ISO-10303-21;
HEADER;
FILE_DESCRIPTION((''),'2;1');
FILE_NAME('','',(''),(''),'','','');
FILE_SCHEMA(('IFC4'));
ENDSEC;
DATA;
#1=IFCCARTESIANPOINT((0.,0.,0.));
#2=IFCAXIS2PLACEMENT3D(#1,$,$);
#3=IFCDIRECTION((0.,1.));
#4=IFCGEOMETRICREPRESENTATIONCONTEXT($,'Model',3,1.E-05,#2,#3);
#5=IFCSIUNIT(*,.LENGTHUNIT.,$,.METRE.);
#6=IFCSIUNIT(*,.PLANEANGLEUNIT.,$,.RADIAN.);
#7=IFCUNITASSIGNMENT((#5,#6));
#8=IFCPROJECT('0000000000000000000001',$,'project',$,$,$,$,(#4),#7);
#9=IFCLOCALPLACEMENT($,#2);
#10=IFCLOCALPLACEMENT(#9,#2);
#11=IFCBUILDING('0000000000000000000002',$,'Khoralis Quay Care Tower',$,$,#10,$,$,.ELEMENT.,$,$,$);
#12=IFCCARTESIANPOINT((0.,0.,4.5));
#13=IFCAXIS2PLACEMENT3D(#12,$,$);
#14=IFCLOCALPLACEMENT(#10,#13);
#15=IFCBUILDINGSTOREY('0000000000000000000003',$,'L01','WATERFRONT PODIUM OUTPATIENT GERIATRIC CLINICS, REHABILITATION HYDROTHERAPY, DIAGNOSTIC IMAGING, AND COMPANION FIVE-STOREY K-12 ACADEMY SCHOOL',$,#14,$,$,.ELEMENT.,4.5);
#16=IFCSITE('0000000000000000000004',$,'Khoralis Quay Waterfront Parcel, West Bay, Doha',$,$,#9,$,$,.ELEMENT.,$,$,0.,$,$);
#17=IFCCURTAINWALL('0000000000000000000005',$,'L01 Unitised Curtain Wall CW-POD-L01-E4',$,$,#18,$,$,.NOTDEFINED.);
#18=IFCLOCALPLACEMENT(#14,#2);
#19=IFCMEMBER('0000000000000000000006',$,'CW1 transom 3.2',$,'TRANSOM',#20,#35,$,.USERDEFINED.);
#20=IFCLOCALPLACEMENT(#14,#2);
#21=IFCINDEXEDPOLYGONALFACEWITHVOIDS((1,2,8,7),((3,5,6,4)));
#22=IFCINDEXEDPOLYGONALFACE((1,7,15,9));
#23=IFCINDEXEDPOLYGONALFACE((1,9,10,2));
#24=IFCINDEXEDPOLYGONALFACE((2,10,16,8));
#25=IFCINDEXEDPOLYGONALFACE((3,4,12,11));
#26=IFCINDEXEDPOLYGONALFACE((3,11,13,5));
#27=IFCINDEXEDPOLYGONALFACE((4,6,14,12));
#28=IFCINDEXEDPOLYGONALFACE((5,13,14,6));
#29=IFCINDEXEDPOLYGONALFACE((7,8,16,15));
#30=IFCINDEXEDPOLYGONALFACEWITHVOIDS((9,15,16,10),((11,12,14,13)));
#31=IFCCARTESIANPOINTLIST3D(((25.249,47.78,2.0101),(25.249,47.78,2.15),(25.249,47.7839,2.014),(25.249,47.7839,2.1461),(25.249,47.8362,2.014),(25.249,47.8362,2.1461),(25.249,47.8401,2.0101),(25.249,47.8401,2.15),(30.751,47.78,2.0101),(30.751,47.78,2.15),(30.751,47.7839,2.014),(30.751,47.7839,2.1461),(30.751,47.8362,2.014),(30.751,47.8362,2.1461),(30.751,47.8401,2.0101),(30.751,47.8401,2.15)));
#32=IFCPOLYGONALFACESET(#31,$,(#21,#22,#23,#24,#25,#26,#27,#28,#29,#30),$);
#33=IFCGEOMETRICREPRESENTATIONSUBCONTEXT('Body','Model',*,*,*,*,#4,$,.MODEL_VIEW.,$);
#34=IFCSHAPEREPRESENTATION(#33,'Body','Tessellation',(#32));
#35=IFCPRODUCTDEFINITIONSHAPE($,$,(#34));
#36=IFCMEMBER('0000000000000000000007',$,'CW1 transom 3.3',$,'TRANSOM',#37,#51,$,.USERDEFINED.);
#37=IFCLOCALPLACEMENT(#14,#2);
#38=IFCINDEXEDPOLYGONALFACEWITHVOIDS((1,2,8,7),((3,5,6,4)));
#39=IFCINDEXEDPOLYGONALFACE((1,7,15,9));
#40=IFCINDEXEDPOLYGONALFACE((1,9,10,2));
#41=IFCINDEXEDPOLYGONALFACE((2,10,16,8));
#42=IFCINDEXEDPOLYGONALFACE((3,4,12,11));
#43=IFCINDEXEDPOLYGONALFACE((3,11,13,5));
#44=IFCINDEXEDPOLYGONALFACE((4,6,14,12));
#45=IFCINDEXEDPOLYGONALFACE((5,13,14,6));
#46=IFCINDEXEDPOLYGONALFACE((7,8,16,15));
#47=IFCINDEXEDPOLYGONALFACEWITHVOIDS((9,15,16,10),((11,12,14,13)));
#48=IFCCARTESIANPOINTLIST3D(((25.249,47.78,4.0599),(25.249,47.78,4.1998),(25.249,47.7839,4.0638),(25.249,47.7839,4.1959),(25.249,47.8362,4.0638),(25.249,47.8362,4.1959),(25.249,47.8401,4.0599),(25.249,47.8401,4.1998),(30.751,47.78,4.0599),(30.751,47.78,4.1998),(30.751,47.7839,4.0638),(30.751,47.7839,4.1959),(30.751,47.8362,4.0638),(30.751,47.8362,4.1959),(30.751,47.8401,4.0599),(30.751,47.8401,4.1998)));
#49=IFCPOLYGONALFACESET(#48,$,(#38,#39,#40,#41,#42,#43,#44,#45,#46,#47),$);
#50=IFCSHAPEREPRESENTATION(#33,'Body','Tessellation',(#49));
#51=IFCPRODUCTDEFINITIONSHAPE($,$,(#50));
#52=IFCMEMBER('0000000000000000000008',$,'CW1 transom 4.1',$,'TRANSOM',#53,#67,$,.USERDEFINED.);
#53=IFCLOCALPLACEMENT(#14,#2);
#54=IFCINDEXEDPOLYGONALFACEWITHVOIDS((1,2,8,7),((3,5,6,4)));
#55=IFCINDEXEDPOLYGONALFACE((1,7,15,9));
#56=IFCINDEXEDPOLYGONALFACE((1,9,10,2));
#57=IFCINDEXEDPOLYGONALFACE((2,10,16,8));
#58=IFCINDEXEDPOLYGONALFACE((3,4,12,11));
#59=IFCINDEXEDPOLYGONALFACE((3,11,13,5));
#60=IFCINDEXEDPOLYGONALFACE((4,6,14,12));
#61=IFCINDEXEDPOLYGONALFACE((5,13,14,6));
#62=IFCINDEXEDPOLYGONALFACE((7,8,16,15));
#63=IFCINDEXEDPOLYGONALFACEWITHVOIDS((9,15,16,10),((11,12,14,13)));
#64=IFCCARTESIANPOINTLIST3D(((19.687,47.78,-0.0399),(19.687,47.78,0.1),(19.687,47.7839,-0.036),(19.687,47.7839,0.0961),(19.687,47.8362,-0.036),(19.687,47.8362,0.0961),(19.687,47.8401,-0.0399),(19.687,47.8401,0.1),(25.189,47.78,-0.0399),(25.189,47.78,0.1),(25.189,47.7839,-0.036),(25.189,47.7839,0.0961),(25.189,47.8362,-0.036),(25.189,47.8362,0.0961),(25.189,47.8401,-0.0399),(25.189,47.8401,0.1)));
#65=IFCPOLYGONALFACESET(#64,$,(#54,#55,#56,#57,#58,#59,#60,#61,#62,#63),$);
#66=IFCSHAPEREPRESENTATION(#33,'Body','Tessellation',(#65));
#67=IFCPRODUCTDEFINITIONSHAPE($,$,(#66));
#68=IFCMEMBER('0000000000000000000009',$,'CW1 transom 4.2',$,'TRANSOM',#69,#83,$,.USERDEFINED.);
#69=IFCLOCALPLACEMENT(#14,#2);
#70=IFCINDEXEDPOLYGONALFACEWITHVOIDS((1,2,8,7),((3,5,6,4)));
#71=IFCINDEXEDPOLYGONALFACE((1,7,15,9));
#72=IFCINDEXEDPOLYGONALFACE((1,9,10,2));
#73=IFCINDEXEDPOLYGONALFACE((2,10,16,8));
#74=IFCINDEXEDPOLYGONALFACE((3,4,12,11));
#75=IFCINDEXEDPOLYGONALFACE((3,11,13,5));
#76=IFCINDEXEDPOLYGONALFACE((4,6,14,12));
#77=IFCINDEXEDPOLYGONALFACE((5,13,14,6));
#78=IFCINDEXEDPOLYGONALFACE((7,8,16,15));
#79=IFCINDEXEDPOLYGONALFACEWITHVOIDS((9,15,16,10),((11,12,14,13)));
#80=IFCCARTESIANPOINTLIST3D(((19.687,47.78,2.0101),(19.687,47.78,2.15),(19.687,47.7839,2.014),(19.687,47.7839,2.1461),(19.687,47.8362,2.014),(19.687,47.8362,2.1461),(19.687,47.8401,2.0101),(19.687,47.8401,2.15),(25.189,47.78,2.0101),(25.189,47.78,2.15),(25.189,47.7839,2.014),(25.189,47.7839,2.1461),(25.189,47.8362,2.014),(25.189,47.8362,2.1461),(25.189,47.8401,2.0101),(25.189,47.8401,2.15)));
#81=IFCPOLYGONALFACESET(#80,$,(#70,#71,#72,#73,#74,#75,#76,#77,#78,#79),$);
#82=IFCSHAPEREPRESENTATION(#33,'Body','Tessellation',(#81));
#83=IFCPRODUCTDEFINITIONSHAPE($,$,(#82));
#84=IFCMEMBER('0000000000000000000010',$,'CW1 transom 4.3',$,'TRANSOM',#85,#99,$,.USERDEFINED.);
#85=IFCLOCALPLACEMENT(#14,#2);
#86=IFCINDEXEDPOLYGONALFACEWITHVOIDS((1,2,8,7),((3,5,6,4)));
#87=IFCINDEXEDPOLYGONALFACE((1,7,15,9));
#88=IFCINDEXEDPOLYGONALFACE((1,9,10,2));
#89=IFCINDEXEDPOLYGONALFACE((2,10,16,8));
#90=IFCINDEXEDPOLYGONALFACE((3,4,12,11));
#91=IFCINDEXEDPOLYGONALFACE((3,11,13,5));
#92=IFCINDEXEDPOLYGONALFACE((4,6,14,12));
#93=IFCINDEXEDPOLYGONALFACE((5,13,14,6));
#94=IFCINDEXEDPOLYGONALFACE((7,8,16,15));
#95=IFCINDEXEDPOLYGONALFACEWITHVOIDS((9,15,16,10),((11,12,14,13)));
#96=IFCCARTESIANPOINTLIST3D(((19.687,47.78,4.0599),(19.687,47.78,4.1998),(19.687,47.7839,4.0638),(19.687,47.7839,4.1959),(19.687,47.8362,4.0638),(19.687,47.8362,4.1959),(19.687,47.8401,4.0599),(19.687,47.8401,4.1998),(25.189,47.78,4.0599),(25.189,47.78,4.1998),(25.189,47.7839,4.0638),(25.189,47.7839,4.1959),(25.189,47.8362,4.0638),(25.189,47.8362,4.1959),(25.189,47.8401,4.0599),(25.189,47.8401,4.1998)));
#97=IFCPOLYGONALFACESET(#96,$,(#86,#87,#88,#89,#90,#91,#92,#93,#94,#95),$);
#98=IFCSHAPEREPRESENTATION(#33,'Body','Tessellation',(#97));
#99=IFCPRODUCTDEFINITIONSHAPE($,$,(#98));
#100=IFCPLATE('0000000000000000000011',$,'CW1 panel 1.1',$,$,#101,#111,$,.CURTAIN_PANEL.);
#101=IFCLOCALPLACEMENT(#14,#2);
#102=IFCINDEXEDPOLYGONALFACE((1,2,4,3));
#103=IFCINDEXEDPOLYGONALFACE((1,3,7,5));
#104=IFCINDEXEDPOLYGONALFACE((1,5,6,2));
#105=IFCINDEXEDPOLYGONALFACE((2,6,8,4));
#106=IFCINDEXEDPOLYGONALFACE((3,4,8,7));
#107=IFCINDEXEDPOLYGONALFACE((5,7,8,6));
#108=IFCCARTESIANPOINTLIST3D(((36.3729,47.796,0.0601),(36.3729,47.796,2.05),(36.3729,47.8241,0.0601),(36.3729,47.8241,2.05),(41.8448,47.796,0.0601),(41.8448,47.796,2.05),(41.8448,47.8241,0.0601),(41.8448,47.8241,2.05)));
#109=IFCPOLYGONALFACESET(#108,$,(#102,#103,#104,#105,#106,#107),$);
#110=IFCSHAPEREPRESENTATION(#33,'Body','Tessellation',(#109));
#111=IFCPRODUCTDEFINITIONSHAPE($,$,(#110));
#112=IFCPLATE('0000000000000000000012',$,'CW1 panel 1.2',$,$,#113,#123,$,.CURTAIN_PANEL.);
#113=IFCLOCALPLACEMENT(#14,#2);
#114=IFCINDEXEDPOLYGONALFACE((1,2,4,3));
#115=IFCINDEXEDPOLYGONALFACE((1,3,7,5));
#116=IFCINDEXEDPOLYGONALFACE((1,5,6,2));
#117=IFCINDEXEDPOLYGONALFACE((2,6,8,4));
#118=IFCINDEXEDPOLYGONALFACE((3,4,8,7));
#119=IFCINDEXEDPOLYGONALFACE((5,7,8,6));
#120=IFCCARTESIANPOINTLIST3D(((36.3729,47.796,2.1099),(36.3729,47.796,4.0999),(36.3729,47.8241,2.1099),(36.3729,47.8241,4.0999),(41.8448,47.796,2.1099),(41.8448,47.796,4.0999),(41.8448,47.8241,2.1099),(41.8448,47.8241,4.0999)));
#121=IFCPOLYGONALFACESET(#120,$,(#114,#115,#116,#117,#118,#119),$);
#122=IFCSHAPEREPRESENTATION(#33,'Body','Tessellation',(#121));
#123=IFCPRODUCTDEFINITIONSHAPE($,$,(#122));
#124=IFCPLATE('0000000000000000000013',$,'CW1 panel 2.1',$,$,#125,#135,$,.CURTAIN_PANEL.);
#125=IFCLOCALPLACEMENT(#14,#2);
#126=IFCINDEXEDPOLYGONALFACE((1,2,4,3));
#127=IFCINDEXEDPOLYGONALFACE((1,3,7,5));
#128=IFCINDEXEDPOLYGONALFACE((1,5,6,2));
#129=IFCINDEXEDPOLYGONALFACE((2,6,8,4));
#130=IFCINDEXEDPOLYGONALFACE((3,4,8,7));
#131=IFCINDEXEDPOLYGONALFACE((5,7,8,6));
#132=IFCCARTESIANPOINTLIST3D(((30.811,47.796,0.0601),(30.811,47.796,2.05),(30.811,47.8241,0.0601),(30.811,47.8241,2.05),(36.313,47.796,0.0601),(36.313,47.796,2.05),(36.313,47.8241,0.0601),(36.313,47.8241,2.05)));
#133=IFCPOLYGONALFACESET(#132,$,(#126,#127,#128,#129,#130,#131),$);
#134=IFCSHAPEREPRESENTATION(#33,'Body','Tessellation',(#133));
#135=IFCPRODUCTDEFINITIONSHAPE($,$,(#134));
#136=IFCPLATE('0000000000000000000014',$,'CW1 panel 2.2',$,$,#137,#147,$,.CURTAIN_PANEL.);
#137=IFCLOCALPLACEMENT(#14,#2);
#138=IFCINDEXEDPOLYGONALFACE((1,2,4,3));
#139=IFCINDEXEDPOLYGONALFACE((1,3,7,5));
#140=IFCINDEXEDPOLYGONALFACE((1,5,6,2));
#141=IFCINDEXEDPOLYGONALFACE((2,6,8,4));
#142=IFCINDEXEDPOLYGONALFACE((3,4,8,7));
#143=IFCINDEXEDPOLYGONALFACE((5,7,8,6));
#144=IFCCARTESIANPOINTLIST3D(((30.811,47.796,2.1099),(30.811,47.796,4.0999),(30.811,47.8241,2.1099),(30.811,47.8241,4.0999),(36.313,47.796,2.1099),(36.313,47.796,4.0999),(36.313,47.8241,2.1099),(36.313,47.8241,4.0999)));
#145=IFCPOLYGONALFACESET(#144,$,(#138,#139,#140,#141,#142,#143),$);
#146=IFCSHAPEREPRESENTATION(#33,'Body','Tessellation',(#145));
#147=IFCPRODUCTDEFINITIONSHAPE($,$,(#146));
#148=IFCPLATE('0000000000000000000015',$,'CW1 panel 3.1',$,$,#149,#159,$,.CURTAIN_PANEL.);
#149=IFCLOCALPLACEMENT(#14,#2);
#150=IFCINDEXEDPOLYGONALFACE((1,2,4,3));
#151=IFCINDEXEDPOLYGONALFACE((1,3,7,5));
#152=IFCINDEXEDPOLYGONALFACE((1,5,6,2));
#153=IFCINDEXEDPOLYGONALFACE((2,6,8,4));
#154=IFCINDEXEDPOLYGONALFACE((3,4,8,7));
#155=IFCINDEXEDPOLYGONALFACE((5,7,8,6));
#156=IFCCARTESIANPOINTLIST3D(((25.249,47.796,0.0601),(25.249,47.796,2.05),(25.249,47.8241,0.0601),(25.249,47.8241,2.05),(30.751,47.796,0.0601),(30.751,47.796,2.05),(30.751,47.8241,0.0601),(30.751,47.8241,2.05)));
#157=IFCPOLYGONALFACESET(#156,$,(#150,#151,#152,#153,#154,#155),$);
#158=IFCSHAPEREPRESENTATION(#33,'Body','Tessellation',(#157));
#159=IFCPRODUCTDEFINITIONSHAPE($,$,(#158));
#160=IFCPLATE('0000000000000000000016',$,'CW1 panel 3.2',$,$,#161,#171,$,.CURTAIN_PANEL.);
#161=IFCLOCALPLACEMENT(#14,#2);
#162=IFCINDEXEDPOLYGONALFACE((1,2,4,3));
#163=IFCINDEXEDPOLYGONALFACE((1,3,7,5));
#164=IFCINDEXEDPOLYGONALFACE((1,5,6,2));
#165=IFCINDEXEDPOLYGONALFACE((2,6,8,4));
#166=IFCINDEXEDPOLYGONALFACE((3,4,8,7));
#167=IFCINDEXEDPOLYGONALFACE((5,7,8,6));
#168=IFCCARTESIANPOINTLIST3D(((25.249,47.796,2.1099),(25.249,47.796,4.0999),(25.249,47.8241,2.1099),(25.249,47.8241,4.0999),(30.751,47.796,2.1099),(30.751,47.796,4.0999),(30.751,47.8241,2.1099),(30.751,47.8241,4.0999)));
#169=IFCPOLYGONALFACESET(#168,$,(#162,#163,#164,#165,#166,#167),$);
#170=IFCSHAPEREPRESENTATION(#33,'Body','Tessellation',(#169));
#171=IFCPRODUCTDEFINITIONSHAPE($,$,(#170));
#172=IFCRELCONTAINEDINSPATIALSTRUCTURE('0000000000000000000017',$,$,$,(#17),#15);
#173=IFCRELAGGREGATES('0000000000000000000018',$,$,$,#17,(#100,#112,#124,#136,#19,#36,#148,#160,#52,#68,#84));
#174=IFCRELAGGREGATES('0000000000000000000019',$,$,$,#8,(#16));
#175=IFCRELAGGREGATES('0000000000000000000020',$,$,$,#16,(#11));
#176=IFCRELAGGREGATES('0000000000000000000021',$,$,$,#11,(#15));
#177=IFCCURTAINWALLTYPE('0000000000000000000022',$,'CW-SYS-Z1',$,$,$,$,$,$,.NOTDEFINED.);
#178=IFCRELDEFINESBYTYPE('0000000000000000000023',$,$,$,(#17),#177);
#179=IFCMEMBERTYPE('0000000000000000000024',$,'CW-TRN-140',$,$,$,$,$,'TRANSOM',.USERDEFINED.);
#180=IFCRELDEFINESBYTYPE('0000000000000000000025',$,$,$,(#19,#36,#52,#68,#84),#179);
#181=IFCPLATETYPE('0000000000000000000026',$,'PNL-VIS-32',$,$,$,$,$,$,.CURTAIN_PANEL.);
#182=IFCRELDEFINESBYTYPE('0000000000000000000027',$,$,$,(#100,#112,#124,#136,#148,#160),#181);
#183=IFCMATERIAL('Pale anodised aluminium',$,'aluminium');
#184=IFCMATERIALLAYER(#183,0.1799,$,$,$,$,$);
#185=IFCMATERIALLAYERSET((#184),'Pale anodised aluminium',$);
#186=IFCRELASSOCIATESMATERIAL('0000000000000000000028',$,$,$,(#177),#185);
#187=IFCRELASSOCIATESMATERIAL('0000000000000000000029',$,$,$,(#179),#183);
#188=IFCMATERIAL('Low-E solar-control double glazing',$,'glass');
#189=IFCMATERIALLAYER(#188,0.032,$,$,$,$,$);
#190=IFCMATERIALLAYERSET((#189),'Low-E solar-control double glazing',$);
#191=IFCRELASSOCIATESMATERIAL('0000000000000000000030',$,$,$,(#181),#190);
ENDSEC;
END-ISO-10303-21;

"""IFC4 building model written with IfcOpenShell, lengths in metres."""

from ifc_helpers import new_model, si_unit, direction, frame, origin, origin_2d, place, context, subcontext, project, spatial, rectangle, hollow_rectangle, extrude, source, transform, mapped, material, layer, layer_set, material_profile, profile_set, type_object, element, aggregate, save


model = new_model("IFC4")

# Units and contexts
model_context = context("Model", 3, precision=1e-05, world=origin(), true_north=direction((0.0, 1.0)))
body_context = subcontext(model_context, "Body", "Model", "MODEL_VIEW")
ifc_project = project(units=[si_unit("LENGTHUNIT", "METRE"), si_unit("PLANEANGLEUNIT", "RADIAN")], contexts=[model_context])

# Site, building, storey
site_placement = place(None, origin())
site = spatial("IfcSite", under=ifc_project, at=site_placement, Name="Khoralis Quay Waterfront Parcel, West Bay, Doha", CompositionType="ELEMENT", RefElevation=0.0)
building_placement = place(site_placement, origin())
building = spatial("IfcBuilding", under=site, at=building_placement, Name="Khoralis Quay Care Tower", CompositionType="ELEMENT")
storey_placement = place(building_placement, frame((0.0, 0.0, 4.5)))
storey = spatial("IfcBuildingStorey", under=building, at=storey_placement, Name="L01", Description="WATERFRONT PODIUM OUTPATIENT GERIATRIC CLINICS, REHABILITATION HYDROTHERAPY, DIAGNOSTIC IMAGING, AND COMPANION FIVE-STOREY K-12 ACADEMY SCHOOL", CompositionType="ELEMENT", Elevation=4.5)

# Curtain wall, members, plates
ifc_material_1 = material(Name="Pale anodised aluminium", Category="aluminium")
ifc_layer_1 = layer(ifc_material_1, 0.1799)
ifc_layer_set_1 = layer_set([ifc_layer_1], Name="Pale anodised aluminium")
curtain_wall_type = type_object("IfcCurtainWallType", Name="CW-SYS-Z1", PredefinedType="NOTDEFINED", material=ifc_layer_set_1)
curtain_wall_placement = place(storey_placement, origin())
curtain_wall = element("IfcCurtainWall", 1, at=curtain_wall_placement, inside=storey, type_object=curtain_wall_type, Name="L01 Unitised Curtain Wall CW-POD-L01-E4", PredefinedType="NOTDEFINED")
ifc_material_profile_1 = material_profile(ifc_material_1, hollow_rectangle(XDim=0.0601, YDim=0.1399, WallThickness=0.0039, at=origin_2d()), Name="Pale anodised aluminium")
ifc_profile_set_1 = profile_set([ifc_material_profile_1], Name="Pale anodised aluminium")
member_type_1 = type_object("IfcMemberType", Name="CW-TRN-140", ElementType="TRANSOM", PredefinedType="USERDEFINED", material=ifc_profile_set_1)
shared_shape_1 = source(origin(), body_context, "Body", "SweptSolid", [
    extrude(hollow_rectangle(XDim=0.0601, YDim=0.1399, WallThickness=0.0039, at=origin_2d()), origin(), (0.0, 0.0, 1.0), 5.502),
])
member_1_placement = place(storey_placement, frame((30.751, 47.8101, 2.0801), z_axis=(-1.0, 0.0, 0.0), x_axis=(0.0, -1.0, 0.0)))
member_1 = element("IfcMember", 2, at=member_1_placement, type_object=member_type_1, Name="CW1 transom 3.2", ObjectType="TRANSOM", PredefinedType="USERDEFINED", context=body_context, shape_type="MappedRepresentation", body=[
    mapped(shared_shape_1, transform((0.0, 0.0, 0.0), scale=1.0)),
])
member_2_placement = place(storey_placement, frame((30.751, 47.8101, 4.1299), z_axis=(-1.0, 0.0, 0.0), x_axis=(0.0, -1.0, 0.0)))
member_2 = element("IfcMember", 3, at=member_2_placement, type_object=member_type_1, Name="CW1 transom 3.3", ObjectType="TRANSOM", PredefinedType="USERDEFINED", context=body_context, shape_type="MappedRepresentation", body=[
    mapped(shared_shape_1, transform((0.0, 0.0, 0.0), scale=1.0)),
])
member_3_placement = place(storey_placement, frame((25.189, 47.8101, 0.03), z_axis=(-1.0, 0.0, 0.0), x_axis=(0.0, -1.0, 0.0)))
member_3 = element("IfcMember", 4, at=member_3_placement, type_object=member_type_1, Name="CW1 transom 4.1", ObjectType="TRANSOM", PredefinedType="USERDEFINED", context=body_context, shape_type="MappedRepresentation", body=[
    mapped(shared_shape_1, transform((0.0, 0.0, 0.0), scale=1.0)),
])
member_4_placement = place(storey_placement, frame((25.189, 47.8101, 2.0801), z_axis=(-1.0, 0.0, 0.0), x_axis=(0.0, -1.0, 0.0)))
member_4 = element("IfcMember", 5, at=member_4_placement, type_object=member_type_1, Name="CW1 transom 4.2", ObjectType="TRANSOM", PredefinedType="USERDEFINED", context=body_context, shape_type="MappedRepresentation", body=[
    mapped(shared_shape_1, transform((0.0, 0.0, 0.0), scale=1.0)),
])
member_5_placement = place(storey_placement, frame((25.189, 47.8101, 4.1299), z_axis=(-1.0, 0.0, 0.0), x_axis=(0.0, -1.0, 0.0)))
member_5 = element("IfcMember", 6, at=member_5_placement, type_object=member_type_1, Name="CW1 transom 4.3", ObjectType="TRANSOM", PredefinedType="USERDEFINED", context=body_context, shape_type="MappedRepresentation", body=[
    mapped(shared_shape_1, transform((0.0, 0.0, 0.0), scale=1.0)),
])
ifc_material_2 = material(Name="Low-E solar-control double glazing", Category="glass")
ifc_layer_2 = layer(ifc_material_2, 0.032)
ifc_layer_set_2 = layer_set([ifc_layer_2], Name="Low-E solar-control double glazing")
plate_type = type_object("IfcPlateType", Name="PNL-VIS-32", PredefinedType="CURTAIN_PANEL", material=ifc_layer_set_2)
shared_shape_2 = source(origin(), body_context, "Body", "SweptSolid", [
    extrude(rectangle(XDim=5.4719, YDim=0.0281, at=origin_2d()), origin(), (0.0, 0.0, 1.0), 1.99),
])
plate_1_placement = place(storey_placement, frame((39.1089, 47.8101, 0.0601), z_axis=(0.0, 0.0, 1.0), x_axis=(-1.0, 0.0, 0.0)))
plate_1 = element("IfcPlate", 7, at=plate_1_placement, type_object=plate_type, Name="CW1 panel 1.1", PredefinedType="CURTAIN_PANEL", context=body_context, shape_type="MappedRepresentation", body=[
    mapped(shared_shape_2, transform((0.0, 0.0, 0.0), scale=1.0)),
])
plate_2_placement = place(storey_placement, frame((39.1089, 47.8101, 2.1099), z_axis=(0.0, 0.0, 1.0), x_axis=(-1.0, 0.0, 0.0)))
plate_2 = element("IfcPlate", 8, at=plate_2_placement, type_object=plate_type, Name="CW1 panel 1.2", PredefinedType="CURTAIN_PANEL", context=body_context, shape_type="MappedRepresentation", body=[
    mapped(shared_shape_2, transform((0.0, 0.0, 0.0), scale=1.0)),
])
shared_shape_3 = source(origin(), body_context, "Body", "SweptSolid", [
    extrude(rectangle(XDim=5.502, YDim=0.0281, at=origin_2d()), origin(), (0.0, 0.0, 1.0), 1.99),
])
plate_3_placement = place(storey_placement, frame((33.562, 47.8101, 0.0601), z_axis=(0.0, 0.0, 1.0), x_axis=(-1.0, 0.0, 0.0)))
plate_3 = element("IfcPlate", 9, at=plate_3_placement, type_object=plate_type, Name="CW1 panel 2.1", PredefinedType="CURTAIN_PANEL", context=body_context, shape_type="MappedRepresentation", body=[
    mapped(shared_shape_3, transform((0.0, 0.0, 0.0), scale=1.0)),
])
plate_4_placement = place(storey_placement, frame((33.562, 47.8101, 2.1099), z_axis=(0.0, 0.0, 1.0), x_axis=(-1.0, 0.0, 0.0)))
plate_4 = element("IfcPlate", 10, at=plate_4_placement, type_object=plate_type, Name="CW1 panel 2.2", PredefinedType="CURTAIN_PANEL", context=body_context, shape_type="MappedRepresentation", body=[
    mapped(shared_shape_3, transform((0.0, 0.0, 0.0), scale=1.0)),
])
plate_5_placement = place(storey_placement, frame((28.0, 47.8101, 0.0601), z_axis=(0.0, 0.0, 1.0), x_axis=(-1.0, 0.0, 0.0)))
plate_5 = element("IfcPlate", 11, at=plate_5_placement, type_object=plate_type, Name="CW1 panel 3.1", PredefinedType="CURTAIN_PANEL", context=body_context, shape_type="MappedRepresentation", body=[
    mapped(shared_shape_3, transform((0.0, 0.0, 0.0), scale=1.0)),
])
plate_6_placement = place(storey_placement, frame((28.0, 47.8101, 2.1099), z_axis=(0.0, 0.0, 1.0), x_axis=(-1.0, 0.0, 0.0)))
plate_6 = element("IfcPlate", 12, at=plate_6_placement, type_object=plate_type, Name="CW1 panel 3.2", PredefinedType="CURTAIN_PANEL", context=body_context, shape_type="MappedRepresentation", body=[
    mapped(shared_shape_3, transform((0.0, 0.0, 0.0), scale=1.0)),
])
aggregate(curtain_wall, [plate_1, plate_2, plate_3, plate_4, member_1, member_2, plate_5, plate_6, member_3, member_4, member_5])

save(model, "model.ifc")
